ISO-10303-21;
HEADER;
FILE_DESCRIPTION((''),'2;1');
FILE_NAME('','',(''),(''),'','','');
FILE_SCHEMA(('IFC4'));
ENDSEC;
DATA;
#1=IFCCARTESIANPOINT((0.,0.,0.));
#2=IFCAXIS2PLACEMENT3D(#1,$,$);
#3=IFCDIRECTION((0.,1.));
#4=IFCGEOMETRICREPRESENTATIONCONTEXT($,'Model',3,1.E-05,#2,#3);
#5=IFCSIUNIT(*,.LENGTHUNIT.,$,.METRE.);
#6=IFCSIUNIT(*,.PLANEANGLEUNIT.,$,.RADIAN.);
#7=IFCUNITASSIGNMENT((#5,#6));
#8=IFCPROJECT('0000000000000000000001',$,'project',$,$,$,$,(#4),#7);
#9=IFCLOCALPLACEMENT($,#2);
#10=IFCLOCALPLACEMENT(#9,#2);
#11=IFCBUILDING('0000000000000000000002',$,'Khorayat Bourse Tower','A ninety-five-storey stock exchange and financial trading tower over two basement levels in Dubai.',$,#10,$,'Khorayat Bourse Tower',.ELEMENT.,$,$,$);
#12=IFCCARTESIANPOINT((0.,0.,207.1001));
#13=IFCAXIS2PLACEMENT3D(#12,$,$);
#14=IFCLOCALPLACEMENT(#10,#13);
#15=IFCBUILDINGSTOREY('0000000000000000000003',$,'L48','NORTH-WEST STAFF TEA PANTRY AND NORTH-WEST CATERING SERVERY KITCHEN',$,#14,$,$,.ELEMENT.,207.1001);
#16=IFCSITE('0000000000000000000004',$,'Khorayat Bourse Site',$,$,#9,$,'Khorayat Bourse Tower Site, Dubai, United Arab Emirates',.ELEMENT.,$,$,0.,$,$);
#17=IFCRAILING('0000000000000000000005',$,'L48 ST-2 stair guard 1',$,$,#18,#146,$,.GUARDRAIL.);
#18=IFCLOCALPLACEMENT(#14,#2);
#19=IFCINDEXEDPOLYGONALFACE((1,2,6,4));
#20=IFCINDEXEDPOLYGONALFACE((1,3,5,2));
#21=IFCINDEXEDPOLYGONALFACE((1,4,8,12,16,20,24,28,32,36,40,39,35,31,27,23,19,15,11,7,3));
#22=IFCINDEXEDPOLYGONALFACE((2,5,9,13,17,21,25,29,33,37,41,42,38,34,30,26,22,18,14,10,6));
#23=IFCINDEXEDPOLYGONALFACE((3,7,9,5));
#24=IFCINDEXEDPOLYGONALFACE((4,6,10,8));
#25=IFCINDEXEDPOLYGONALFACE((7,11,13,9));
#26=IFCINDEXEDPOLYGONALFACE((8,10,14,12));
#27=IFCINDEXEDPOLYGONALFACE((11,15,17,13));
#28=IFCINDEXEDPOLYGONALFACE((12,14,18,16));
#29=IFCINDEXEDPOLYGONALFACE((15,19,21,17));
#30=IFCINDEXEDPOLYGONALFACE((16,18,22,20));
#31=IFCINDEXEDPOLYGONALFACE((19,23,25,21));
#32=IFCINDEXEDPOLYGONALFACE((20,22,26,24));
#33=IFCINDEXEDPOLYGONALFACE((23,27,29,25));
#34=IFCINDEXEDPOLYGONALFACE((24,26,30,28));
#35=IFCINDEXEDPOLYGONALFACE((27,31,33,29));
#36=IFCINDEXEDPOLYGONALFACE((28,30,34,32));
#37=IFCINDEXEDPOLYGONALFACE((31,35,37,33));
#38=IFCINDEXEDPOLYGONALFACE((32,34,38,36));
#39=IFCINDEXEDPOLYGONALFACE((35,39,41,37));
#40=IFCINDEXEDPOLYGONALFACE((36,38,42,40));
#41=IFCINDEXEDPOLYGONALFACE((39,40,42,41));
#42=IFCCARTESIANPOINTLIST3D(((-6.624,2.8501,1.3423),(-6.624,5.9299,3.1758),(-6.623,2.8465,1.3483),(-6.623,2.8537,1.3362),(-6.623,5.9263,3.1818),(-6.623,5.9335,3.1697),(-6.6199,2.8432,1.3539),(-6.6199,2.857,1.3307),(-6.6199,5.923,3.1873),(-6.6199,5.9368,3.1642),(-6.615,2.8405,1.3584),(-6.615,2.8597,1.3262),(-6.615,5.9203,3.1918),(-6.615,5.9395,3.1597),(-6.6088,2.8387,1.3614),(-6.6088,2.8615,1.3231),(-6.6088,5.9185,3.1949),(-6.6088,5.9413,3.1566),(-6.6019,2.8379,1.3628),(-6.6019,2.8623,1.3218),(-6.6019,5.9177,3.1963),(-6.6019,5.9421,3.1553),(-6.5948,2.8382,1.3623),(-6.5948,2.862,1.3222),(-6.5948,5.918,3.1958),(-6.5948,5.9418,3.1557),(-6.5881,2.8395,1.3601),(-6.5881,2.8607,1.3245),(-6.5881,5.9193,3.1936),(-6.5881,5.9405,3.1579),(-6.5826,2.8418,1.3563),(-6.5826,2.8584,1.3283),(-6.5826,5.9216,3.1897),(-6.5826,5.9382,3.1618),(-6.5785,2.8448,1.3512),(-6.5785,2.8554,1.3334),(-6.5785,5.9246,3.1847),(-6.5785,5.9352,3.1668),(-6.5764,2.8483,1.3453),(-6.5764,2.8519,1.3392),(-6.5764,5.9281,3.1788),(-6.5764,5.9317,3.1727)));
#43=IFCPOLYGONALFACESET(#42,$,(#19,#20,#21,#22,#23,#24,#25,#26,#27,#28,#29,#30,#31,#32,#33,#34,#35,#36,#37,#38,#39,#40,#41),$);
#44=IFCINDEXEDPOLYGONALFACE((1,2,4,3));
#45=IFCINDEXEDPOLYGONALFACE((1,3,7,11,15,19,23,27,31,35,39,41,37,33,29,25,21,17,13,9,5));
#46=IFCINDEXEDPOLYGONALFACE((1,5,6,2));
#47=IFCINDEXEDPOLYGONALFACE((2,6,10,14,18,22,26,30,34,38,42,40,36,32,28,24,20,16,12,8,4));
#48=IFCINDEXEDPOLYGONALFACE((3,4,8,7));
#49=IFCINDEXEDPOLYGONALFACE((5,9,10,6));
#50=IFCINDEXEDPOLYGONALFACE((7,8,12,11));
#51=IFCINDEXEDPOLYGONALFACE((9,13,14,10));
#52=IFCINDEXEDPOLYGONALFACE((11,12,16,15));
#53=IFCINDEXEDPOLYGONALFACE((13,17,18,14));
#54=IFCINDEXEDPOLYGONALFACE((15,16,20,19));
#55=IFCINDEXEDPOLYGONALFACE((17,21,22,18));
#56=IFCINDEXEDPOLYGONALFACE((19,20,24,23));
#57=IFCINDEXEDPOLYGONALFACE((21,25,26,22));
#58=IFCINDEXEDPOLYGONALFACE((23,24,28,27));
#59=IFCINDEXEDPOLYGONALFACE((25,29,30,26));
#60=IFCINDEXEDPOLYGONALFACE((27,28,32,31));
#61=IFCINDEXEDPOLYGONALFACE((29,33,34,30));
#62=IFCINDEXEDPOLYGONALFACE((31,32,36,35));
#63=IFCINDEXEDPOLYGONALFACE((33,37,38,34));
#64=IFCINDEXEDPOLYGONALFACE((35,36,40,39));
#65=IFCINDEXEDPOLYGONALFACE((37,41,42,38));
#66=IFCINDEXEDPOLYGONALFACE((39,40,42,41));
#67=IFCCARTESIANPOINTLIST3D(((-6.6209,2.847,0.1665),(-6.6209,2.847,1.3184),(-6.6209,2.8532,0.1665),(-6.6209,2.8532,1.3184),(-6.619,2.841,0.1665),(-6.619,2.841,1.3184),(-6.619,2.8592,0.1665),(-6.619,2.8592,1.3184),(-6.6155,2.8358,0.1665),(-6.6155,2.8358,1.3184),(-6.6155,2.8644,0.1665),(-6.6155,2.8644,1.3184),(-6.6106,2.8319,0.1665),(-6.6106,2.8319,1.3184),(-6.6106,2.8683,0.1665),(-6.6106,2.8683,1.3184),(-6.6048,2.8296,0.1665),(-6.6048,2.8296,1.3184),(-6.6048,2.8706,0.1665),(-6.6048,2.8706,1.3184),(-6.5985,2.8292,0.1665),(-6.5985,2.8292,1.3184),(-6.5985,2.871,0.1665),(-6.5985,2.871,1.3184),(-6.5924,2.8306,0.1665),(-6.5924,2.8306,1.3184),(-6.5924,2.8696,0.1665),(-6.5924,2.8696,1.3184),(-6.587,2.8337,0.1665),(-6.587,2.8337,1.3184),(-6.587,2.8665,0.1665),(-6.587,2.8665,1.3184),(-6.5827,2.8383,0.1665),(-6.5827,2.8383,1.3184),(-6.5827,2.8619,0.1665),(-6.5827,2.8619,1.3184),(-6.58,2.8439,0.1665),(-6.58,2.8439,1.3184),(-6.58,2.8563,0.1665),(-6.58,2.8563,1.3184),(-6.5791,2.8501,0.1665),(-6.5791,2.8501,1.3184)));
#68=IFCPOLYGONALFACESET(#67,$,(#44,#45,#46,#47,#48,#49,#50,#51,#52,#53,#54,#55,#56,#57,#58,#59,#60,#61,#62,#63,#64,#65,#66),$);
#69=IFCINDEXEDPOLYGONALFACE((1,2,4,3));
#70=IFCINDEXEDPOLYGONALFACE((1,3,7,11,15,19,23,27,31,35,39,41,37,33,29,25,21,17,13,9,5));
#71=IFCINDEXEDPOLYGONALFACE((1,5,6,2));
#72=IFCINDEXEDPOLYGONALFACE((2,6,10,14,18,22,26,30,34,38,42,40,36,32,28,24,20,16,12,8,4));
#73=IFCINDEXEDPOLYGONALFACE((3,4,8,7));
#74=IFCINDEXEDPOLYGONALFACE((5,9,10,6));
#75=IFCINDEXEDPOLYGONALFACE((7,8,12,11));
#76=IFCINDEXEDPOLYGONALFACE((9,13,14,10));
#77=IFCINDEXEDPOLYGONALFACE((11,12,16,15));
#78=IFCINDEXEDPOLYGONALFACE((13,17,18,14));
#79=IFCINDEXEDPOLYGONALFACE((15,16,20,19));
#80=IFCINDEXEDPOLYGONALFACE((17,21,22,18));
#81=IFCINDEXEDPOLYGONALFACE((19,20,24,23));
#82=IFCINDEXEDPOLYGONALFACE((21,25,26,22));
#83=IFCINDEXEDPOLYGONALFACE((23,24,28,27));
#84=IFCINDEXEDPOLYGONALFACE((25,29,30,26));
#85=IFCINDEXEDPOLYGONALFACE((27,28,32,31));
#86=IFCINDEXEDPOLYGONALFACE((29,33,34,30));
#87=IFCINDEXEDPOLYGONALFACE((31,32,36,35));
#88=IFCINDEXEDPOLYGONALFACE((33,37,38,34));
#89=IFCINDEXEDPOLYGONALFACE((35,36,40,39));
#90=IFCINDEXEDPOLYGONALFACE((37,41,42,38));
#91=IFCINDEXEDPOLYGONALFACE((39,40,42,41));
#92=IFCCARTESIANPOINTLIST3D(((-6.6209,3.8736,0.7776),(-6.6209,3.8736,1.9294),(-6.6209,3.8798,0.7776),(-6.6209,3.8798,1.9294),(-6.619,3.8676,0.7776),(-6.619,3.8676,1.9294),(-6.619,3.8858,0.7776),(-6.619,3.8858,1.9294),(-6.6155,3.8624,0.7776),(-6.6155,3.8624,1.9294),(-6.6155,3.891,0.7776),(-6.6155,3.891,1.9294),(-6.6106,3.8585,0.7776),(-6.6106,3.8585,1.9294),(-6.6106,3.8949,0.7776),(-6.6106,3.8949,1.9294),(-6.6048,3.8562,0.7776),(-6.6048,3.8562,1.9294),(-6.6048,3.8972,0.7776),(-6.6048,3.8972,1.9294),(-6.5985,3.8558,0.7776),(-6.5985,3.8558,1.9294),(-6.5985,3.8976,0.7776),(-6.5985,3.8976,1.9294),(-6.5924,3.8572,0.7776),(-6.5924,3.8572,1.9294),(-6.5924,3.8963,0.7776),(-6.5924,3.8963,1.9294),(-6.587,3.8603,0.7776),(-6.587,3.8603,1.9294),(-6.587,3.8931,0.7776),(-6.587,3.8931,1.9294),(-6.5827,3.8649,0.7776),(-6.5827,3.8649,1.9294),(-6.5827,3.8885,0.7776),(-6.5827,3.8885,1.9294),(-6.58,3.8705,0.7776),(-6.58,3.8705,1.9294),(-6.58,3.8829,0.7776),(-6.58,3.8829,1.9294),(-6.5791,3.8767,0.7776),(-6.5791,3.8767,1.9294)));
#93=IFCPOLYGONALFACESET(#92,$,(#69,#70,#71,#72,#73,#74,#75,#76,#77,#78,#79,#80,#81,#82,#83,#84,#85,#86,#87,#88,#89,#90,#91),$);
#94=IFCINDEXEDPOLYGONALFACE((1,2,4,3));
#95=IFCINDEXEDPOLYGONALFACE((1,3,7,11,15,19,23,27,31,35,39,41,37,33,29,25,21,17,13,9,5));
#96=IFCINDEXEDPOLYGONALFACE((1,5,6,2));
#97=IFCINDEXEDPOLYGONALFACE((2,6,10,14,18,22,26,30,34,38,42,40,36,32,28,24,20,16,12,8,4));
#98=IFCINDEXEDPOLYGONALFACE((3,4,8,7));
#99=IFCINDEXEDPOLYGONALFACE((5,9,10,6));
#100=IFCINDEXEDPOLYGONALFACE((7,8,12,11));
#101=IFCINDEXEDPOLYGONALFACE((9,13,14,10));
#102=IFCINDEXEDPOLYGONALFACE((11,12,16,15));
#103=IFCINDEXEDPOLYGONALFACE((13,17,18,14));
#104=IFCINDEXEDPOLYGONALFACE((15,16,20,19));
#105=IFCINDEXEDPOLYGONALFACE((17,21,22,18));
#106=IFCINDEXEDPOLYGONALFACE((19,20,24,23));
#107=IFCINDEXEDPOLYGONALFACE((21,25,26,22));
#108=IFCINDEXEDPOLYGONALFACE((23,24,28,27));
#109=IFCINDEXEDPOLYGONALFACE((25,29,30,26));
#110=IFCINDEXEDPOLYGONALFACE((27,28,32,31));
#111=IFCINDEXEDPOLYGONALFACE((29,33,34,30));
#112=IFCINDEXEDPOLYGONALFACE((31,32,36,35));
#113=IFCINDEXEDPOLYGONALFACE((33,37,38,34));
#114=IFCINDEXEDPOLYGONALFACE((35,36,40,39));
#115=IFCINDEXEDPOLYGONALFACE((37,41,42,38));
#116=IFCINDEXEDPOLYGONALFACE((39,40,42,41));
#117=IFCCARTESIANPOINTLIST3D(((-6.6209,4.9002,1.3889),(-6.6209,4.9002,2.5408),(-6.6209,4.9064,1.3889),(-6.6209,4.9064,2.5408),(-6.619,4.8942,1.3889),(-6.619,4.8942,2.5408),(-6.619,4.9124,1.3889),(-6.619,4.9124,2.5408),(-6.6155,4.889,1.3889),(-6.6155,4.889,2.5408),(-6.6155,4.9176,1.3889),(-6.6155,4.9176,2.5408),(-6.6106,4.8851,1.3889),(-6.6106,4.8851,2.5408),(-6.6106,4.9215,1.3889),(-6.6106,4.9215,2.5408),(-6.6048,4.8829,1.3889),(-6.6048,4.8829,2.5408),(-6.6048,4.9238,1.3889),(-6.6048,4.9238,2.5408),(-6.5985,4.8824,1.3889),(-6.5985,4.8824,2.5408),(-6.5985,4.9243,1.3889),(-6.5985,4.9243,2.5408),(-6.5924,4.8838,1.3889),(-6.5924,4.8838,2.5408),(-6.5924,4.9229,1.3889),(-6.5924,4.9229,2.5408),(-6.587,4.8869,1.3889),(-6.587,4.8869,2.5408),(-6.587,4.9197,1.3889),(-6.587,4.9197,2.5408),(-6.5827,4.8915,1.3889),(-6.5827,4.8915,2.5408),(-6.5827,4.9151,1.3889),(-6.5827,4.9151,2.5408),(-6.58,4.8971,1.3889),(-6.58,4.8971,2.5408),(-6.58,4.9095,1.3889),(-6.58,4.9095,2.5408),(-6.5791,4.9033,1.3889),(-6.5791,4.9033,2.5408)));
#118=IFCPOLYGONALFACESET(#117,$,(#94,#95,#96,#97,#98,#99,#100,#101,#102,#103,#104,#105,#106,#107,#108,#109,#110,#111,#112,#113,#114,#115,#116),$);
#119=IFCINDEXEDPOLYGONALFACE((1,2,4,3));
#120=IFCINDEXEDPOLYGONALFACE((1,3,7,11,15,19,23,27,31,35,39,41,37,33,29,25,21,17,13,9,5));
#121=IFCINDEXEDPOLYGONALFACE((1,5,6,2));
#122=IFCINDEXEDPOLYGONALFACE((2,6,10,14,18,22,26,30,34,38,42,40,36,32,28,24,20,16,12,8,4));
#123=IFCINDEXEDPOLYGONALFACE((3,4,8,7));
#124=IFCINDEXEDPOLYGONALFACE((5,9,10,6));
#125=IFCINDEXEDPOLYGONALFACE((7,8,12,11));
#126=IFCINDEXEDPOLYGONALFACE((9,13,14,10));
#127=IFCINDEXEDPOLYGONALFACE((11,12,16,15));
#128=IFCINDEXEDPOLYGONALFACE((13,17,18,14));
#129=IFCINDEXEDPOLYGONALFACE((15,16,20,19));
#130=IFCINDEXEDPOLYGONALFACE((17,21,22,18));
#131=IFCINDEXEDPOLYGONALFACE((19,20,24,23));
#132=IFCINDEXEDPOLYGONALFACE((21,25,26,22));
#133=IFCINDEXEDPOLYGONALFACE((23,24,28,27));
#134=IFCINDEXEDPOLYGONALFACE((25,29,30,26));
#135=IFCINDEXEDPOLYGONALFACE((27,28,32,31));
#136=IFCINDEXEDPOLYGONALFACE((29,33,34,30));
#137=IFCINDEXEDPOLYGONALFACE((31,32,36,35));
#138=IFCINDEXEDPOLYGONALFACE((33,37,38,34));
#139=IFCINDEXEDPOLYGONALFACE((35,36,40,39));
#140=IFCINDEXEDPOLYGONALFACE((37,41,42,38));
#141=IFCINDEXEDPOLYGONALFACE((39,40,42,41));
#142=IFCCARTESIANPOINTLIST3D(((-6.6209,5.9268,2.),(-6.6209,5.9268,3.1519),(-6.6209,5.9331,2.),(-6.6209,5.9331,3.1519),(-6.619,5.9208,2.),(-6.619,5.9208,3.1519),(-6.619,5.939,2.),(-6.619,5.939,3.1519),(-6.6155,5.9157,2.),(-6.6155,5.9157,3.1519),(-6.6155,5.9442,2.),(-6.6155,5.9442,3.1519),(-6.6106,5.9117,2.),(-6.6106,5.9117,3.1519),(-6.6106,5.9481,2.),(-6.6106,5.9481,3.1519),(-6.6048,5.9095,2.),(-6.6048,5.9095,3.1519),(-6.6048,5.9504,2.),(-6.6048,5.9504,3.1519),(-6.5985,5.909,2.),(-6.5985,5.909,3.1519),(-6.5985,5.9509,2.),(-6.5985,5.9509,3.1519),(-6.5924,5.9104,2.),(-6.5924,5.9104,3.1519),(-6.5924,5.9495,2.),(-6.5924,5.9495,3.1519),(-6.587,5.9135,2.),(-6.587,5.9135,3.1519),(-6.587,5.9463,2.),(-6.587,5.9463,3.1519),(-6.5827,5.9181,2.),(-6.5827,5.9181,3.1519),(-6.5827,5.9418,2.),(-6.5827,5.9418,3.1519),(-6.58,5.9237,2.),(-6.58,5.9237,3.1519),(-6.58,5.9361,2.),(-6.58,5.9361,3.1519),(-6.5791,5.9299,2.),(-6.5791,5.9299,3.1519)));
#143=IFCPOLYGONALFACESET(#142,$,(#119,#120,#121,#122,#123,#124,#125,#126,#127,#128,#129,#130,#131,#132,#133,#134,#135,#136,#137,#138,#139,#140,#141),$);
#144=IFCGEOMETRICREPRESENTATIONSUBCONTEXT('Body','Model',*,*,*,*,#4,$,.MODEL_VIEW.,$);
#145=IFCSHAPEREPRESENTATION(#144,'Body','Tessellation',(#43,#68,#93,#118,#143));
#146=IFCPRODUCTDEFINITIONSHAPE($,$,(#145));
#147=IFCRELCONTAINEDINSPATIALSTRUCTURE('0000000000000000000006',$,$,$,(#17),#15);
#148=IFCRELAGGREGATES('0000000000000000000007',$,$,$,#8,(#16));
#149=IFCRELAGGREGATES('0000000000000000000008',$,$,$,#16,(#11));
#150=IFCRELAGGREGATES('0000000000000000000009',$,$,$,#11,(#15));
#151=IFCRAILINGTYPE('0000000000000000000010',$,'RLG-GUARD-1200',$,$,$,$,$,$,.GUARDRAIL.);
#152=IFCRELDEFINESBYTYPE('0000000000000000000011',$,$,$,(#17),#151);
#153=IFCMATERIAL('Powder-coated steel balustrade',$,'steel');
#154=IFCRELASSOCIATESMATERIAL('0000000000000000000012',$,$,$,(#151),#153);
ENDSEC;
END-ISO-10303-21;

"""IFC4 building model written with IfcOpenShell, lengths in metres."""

from ifc_helpers import new_model, si_unit, direction, frame, origin, origin_2d, place, context, subcontext, project, spatial, circle, extrude, source, transform, mapped, material, type_object, element, save


model = new_model("IFC4")

# Units and contexts
model_context = context("Model", 3, precision=1e-05, world=origin(), true_north=direction((0.0, 1.0)))
body_context = subcontext(model_context, "Body", "Model", "MODEL_VIEW")
ifc_project = project(units=[si_unit("LENGTHUNIT", "METRE"), si_unit("PLANEANGLEUNIT", "RADIAN")], contexts=[model_context])

# Site, building, storey
site_placement = place(None, origin())
site = spatial("IfcSite", under=ifc_project, at=site_placement, Name="Khorayat Bourse Site", LongName="Khorayat Bourse Tower Site, Dubai, United Arab Emirates", CompositionType="ELEMENT", RefElevation=0.0)
building_placement = place(site_placement, origin())
building = spatial("IfcBuilding", under=site, at=building_placement, Name="Khorayat Bourse Tower", Description="A ninety-five-storey stock exchange and financial trading tower over two basement levels in Dubai.", LongName="Khorayat Bourse Tower", CompositionType="ELEMENT")
storey_placement = place(building_placement, frame((0.0, 0.0, 207.1001)))
storey = spatial("IfcBuildingStorey", under=building, at=storey_placement, Name="L48", Description="NORTH-WEST STAFF TEA PANTRY AND NORTH-WEST CATERING SERVERY KITCHEN", CompositionType="ELEMENT", Elevation=207.1001)

# Railing
ifc_material_1 = material(Name="Powder-coated steel balustrade", Category="steel")
railing_type_1 = type_object("IfcRailingType", Name="RLG-GUARD-1200", PredefinedType="GUARDRAIL", material=ifc_material_1)
shared_shape_1 = source(origin(), body_context, "Body", "SweptSolid", [
    extrude(circle(Radius=0.0239, at=origin_2d()), frame((0.0, 0.0, 1.1758), z_axis=(0.0, 0.859261, 0.511538), x_axis=(-1.0, 0.0, 0.0)), (0.0, 0.0, 1.0), 3.5842),
    extrude(circle(Radius=0.021, at=origin_2d()), origin(), (0.0, 0.0, 1.0), 1.1519),
    extrude(circle(Radius=0.021, at=origin_2d()), frame((0.0, 1.0266, 0.6111)), (0.0, 0.0, 1.0), 1.1519),
    extrude(circle(Radius=0.021, at=origin_2d()), frame((0.0, 2.0532, 1.2224)), (0.0, 0.0, 1.0), 1.1519),
    extrude(circle(Radius=0.021, at=origin_2d()), frame((0.0, 3.0798, 1.8335)), (0.0, 0.0, 1.0), 1.1519),
])
railing_1_placement = place(storey_placement, frame((-6.6001, 2.8501, 0.1665)))
element("IfcRailing", 1, at=railing_1_placement, inside=storey, type_object=railing_type_1, Name="L48 ST-2 stair guard 1", PredefinedType="GUARDRAIL", context=body_context, shape_type="MappedRepresentation", body=[
    mapped(shared_shape_1, transform((0.0, 0.0, 0.0), scale=1.0)),
])

save(model, "model.ifc")
